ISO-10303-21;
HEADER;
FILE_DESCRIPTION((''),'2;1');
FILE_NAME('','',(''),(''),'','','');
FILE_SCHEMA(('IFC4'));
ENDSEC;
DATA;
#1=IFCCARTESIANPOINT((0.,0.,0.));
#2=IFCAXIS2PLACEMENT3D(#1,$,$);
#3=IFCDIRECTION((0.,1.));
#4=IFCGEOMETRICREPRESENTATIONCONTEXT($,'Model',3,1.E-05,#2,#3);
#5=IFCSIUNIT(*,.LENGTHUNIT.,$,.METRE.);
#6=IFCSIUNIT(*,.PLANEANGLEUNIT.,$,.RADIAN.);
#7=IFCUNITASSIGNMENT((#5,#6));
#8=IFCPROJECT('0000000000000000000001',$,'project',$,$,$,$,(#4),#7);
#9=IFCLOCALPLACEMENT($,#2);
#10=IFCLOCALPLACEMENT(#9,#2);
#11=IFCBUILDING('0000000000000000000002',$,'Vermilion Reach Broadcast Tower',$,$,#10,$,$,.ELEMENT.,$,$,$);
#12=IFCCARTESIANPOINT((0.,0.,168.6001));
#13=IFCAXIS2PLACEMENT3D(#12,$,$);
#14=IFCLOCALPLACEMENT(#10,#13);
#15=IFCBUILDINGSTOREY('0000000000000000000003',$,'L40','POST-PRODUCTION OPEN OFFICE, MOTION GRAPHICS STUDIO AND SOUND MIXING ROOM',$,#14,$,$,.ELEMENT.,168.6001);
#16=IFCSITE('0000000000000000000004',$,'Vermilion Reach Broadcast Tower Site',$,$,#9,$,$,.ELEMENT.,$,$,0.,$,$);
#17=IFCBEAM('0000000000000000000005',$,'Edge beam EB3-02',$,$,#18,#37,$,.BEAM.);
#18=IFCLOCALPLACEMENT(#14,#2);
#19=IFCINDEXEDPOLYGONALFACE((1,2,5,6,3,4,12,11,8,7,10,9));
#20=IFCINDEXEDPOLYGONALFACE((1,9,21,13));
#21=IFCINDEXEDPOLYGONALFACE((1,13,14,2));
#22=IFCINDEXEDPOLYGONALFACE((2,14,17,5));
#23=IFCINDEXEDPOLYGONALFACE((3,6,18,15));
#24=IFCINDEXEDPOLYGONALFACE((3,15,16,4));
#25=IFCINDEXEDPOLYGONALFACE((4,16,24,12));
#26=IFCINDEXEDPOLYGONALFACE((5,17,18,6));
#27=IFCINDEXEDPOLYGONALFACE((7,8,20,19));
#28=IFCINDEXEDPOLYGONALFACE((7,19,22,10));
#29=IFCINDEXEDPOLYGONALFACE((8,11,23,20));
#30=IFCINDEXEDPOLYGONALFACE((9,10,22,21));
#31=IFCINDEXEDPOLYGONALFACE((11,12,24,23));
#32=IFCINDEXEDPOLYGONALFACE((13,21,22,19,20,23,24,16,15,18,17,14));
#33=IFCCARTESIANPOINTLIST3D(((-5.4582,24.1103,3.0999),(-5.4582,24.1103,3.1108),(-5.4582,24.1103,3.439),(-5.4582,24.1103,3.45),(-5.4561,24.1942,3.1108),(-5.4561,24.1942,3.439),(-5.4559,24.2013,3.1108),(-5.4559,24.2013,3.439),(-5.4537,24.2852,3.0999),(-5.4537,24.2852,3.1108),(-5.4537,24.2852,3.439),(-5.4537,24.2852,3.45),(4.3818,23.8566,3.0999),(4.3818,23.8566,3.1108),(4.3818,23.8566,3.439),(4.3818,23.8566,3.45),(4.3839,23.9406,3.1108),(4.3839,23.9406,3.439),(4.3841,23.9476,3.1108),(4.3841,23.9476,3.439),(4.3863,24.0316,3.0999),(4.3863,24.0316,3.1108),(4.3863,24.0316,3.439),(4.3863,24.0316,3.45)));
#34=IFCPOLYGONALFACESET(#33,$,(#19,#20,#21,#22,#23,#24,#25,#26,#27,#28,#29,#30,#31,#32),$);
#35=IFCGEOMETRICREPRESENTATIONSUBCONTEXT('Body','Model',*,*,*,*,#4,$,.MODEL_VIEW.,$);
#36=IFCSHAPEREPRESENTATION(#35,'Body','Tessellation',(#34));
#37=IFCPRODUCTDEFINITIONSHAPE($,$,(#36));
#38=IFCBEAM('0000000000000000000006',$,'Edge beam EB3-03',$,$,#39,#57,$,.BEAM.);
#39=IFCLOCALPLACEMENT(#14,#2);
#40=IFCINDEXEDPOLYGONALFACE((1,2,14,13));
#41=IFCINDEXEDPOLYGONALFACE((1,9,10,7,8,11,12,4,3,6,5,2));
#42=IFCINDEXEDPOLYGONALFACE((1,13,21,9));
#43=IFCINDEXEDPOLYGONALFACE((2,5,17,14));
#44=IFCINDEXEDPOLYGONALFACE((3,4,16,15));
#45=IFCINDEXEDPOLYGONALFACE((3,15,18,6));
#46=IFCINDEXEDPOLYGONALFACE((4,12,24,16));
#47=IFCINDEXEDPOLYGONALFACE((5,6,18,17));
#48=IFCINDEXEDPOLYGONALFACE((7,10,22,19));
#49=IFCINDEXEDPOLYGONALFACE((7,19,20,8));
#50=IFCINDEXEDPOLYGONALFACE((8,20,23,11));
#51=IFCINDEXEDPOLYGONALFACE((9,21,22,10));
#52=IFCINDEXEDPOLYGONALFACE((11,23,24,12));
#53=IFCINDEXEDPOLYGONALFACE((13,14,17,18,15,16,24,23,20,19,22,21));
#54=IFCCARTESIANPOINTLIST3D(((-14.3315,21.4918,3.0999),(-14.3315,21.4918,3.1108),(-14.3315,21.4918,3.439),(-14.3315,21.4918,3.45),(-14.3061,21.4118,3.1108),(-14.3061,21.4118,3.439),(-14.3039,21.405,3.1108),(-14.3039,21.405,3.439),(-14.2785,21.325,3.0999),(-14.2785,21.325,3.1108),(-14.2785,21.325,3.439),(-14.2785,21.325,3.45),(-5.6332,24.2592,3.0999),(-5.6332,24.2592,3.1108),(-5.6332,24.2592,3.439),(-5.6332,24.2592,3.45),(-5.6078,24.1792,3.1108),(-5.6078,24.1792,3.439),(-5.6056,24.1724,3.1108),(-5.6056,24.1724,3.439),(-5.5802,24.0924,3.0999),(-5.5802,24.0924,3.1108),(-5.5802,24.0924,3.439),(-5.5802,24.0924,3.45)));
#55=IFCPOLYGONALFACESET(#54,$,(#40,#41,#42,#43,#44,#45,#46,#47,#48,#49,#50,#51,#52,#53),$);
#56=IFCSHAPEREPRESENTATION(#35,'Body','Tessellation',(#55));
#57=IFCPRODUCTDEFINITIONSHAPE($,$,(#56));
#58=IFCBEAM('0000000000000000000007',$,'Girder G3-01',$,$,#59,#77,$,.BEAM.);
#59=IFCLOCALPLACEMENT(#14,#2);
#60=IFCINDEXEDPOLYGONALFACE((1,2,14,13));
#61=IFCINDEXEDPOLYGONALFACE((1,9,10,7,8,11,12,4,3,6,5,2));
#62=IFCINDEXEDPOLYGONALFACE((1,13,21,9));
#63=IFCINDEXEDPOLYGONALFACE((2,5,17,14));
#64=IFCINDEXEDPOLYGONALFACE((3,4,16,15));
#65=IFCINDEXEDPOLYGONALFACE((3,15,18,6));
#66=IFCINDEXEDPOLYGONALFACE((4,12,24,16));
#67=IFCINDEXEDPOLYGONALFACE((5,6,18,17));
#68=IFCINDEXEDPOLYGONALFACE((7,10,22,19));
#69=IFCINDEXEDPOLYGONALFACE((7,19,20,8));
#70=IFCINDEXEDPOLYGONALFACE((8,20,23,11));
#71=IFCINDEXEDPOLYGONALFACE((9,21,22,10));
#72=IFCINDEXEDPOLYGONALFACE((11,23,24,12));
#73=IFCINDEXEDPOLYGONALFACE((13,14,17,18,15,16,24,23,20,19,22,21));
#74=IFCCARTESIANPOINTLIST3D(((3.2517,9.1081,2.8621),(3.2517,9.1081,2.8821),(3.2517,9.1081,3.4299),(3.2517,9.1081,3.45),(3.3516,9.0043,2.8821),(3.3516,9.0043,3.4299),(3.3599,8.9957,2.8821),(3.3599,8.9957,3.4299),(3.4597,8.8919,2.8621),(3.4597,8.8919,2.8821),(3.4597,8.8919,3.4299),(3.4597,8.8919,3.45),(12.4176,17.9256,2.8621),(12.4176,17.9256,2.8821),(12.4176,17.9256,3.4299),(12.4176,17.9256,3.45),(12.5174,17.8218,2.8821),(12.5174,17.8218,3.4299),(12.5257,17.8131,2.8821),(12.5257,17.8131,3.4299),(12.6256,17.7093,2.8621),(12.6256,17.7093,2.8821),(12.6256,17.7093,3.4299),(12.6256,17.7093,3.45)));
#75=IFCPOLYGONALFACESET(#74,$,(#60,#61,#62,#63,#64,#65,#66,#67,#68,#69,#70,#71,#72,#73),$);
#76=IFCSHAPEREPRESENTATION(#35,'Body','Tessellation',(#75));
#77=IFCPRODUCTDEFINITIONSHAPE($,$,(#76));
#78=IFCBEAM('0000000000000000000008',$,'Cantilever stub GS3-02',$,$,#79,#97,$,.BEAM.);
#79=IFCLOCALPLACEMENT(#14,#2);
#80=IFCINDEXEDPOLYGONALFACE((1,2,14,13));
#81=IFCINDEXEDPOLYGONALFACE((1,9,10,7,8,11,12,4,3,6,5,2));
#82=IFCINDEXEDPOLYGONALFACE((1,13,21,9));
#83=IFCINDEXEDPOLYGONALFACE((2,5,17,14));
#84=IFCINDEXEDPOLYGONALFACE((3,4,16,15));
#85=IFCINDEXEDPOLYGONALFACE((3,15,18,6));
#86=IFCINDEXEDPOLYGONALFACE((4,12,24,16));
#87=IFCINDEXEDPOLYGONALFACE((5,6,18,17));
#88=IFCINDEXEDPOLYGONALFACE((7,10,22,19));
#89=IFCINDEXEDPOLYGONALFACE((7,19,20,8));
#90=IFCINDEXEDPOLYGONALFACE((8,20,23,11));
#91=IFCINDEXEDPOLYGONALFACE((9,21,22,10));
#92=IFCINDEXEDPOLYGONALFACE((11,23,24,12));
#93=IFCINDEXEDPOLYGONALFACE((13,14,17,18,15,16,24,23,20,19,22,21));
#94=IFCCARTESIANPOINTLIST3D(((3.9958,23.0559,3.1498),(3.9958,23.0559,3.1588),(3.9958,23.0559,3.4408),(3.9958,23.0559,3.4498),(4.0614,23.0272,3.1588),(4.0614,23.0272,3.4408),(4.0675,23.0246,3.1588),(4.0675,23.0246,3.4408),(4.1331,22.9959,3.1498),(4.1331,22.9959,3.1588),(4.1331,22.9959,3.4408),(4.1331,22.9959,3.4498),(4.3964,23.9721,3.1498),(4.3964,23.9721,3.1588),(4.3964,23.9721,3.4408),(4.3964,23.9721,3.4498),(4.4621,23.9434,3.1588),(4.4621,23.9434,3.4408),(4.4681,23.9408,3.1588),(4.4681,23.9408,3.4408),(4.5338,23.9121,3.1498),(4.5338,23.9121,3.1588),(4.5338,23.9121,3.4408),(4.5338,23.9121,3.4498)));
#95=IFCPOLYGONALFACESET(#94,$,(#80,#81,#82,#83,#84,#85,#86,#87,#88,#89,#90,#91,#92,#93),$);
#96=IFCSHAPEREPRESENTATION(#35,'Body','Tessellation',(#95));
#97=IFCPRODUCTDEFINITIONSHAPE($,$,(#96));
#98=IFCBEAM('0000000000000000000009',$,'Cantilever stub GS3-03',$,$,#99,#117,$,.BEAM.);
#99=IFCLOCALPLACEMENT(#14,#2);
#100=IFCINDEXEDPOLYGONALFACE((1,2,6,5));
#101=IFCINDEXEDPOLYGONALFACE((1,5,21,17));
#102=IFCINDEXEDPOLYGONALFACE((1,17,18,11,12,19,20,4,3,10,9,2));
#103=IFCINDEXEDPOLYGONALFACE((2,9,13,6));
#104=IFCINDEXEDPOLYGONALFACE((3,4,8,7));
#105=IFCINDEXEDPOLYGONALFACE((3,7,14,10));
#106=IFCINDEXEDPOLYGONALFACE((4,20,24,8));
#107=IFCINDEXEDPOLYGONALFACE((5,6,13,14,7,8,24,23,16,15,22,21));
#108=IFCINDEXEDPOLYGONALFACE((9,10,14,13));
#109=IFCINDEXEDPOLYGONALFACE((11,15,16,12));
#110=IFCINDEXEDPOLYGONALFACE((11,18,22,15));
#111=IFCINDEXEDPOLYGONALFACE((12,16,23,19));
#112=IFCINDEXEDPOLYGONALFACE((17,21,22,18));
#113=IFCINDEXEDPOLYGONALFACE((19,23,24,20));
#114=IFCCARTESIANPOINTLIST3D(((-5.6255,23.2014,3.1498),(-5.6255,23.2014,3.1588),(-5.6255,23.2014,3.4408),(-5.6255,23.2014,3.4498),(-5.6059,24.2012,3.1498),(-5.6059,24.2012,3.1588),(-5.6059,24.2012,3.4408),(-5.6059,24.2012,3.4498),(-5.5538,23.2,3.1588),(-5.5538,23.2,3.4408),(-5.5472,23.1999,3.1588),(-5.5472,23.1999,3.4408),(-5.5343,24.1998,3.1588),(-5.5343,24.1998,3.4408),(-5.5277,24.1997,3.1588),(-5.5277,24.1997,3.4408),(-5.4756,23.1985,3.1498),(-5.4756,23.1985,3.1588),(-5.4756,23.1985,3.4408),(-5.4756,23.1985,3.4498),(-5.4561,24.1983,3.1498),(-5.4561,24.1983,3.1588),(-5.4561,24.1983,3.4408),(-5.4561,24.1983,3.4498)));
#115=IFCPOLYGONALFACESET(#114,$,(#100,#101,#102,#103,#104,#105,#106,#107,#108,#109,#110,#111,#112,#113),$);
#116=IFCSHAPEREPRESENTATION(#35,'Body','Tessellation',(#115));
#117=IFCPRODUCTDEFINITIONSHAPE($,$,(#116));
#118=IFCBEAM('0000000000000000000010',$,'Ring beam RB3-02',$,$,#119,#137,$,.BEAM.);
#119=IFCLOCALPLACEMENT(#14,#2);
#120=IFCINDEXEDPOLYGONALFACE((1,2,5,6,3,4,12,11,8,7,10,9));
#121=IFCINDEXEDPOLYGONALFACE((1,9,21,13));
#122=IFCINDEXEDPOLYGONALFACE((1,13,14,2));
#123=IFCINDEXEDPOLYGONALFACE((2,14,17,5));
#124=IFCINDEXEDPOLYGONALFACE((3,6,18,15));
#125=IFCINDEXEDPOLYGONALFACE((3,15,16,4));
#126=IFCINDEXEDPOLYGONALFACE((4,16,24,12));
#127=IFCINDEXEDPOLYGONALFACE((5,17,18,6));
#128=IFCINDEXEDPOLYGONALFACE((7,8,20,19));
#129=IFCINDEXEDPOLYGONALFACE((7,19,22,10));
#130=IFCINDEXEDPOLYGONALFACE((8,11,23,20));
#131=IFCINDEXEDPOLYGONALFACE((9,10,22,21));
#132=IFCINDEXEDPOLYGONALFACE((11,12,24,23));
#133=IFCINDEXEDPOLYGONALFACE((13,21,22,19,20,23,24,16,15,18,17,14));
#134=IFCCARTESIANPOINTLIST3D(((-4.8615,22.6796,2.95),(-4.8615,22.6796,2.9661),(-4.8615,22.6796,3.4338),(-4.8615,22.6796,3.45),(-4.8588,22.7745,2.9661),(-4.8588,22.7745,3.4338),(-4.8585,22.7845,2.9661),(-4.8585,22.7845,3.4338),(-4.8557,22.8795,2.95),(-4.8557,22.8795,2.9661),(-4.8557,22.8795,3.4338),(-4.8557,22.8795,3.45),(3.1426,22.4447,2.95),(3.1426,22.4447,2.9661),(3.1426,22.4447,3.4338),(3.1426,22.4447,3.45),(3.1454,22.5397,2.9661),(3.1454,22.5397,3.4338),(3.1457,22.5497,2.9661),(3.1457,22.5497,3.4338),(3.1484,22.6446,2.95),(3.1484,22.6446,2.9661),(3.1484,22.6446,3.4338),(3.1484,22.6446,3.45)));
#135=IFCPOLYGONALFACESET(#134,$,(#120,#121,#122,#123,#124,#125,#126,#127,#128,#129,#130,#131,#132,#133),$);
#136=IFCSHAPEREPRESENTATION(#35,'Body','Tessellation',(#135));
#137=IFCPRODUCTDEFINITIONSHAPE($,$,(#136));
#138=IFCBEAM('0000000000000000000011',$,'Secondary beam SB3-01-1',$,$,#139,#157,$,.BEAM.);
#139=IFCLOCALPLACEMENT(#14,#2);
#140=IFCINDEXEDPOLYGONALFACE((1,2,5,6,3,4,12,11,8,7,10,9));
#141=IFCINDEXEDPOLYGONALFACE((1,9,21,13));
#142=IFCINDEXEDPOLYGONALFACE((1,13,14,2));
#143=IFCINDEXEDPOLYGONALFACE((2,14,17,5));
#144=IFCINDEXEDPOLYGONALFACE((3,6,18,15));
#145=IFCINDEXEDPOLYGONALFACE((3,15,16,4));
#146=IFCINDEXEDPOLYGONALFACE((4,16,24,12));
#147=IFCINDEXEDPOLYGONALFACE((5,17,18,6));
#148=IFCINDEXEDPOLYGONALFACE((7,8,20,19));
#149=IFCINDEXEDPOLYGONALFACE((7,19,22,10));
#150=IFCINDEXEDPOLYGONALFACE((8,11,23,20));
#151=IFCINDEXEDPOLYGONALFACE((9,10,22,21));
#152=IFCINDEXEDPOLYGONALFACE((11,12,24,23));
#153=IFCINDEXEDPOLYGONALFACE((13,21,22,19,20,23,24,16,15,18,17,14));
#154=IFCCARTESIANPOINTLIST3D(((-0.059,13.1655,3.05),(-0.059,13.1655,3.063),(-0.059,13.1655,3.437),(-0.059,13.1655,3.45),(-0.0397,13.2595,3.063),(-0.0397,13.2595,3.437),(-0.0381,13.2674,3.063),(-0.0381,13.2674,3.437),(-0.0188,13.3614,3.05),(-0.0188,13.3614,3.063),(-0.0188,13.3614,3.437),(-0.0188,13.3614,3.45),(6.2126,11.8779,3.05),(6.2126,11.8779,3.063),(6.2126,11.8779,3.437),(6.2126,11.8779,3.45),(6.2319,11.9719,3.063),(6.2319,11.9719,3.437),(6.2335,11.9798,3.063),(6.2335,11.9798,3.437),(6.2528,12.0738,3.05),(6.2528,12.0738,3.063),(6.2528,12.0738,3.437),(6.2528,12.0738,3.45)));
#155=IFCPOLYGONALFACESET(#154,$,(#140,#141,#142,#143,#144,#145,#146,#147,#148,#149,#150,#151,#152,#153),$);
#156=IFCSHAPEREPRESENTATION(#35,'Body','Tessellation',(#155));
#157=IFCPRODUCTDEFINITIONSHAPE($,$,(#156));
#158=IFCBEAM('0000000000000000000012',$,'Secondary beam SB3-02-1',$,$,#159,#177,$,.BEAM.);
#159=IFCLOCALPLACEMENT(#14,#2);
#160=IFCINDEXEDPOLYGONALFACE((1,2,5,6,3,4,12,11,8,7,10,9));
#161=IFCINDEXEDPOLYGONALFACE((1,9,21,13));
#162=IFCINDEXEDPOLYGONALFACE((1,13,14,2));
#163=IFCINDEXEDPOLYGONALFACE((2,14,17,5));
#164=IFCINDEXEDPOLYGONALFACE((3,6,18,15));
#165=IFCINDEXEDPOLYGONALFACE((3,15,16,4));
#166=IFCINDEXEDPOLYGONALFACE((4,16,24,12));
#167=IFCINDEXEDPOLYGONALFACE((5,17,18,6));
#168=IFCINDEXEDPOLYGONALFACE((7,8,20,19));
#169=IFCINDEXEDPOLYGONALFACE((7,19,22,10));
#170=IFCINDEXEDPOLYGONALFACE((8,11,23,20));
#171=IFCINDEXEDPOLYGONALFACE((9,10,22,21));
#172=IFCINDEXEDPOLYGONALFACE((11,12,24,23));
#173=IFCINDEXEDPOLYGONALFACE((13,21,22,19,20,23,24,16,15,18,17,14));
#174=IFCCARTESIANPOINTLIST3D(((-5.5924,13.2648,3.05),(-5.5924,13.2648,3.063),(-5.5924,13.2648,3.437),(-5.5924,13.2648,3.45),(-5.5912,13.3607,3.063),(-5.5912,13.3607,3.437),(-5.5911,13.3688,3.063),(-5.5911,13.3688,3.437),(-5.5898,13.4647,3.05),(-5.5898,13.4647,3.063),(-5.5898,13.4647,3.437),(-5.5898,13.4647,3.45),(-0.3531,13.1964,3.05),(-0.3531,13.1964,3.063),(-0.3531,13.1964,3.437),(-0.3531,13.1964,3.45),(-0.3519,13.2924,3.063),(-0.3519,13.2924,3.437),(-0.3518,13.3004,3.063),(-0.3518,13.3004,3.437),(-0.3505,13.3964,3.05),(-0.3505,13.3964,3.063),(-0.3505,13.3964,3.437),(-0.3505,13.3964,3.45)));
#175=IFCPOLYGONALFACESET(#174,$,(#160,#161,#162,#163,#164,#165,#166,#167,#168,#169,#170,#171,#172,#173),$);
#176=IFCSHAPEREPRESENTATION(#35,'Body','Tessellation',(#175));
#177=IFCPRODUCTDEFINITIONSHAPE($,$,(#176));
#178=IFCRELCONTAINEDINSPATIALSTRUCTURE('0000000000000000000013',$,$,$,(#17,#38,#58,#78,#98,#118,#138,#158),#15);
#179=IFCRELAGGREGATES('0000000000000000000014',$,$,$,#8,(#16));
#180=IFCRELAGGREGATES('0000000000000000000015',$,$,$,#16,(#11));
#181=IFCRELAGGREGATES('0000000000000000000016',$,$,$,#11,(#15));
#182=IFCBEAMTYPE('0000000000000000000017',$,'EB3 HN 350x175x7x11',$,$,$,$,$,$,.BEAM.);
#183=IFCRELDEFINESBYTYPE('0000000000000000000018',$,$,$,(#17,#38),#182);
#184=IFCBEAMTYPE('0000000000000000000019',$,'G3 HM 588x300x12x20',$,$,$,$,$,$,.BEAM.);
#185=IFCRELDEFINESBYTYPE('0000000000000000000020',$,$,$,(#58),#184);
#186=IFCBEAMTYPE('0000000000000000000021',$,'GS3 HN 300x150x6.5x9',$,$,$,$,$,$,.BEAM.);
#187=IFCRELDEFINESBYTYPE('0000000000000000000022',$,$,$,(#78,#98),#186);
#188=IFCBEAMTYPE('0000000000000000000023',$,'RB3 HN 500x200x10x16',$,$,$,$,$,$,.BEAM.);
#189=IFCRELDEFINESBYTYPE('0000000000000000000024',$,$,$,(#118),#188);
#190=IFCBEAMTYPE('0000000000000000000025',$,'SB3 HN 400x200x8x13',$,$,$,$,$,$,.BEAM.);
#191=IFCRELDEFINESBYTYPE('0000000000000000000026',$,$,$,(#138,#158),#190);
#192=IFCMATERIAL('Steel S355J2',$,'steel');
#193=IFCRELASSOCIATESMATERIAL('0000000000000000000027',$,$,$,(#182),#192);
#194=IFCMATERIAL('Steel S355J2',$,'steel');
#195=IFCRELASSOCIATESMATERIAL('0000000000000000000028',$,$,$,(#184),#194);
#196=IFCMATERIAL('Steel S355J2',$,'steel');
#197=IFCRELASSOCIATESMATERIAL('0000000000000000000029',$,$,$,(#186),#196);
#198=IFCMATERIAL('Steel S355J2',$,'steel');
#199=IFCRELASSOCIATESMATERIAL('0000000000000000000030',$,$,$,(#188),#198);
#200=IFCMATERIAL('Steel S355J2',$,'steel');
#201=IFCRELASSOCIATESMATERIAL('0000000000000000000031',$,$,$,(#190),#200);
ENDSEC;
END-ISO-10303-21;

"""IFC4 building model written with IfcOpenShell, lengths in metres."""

from ifc_helpers import new_model, si_unit, direction, frame, origin, origin_2d, place, context, subcontext, project, spatial, i_section, extrude, material, material_profile, profile_set, type_object, element, save


model = new_model("IFC4")

# Units and contexts
model_context = context("Model", 3, precision=1e-05, world=origin(), true_north=direction((0.0, 1.0)))
body_context = subcontext(model_context, "Body", "Model", "MODEL_VIEW")
ifc_project = project(units=[si_unit("LENGTHUNIT", "METRE"), si_unit("PLANEANGLEUNIT", "RADIAN")], contexts=[model_context])

# Site, building, storey
site_placement = place(None, origin())
site = spatial("IfcSite", under=ifc_project, at=site_placement, Name="Vermilion Reach Broadcast Tower Site", CompositionType="ELEMENT", RefElevation=0.0)
building_placement = place(site_placement, origin())
building = spatial("IfcBuilding", under=site, at=building_placement, Name="Vermilion Reach Broadcast Tower", CompositionType="ELEMENT")
storey_placement = place(building_placement, frame((0.0, 0.0, 168.6001)))
storey = spatial("IfcBuildingStorey", under=building, at=storey_placement, Name="L40", Description="POST-PRODUCTION OPEN OFFICE, MOTION GRAPHICS STUDIO AND SOUND MIXING ROOM", CompositionType="ELEMENT", Elevation=168.6001)

# Beams
ifc_material_1 = material(Name="Steel S355J2", Category="steel")
ifc_material_profile_1 = material_profile(ifc_material_1, i_section(OverallWidth=0.175, OverallDepth=0.3501, WebThickness=0.0071, FlangeThickness=0.011, at=origin_2d()), Name="S355J2 HN 350x175x7x11")
ifc_profile_set_1 = profile_set([ifc_material_profile_1], Name="Steel S355J2")
beam_type_1 = type_object("IfcBeamType", Name="EB3 HN 350x175x7x11", PredefinedType="BEAM", material=ifc_profile_set_1)
beam_1_placement = place(storey_placement, frame((4.384, 23.9441, 3.2749), z_axis=(-0.999668, 0.02577, 0.0), x_axis=(-0.02577, -0.999668, 0.0)))
element("IfcBeam", 1, at=beam_1_placement, inside=storey, type_object=beam_type_1, Name="Edge beam EB3-02", PredefinedType="BEAM", context=body_context, shape_type="SweptSolid", body=[
    extrude(i_section(OverallWidth=0.175, OverallDepth=0.3501, WebThickness=0.0071, FlangeThickness=0.011, at=origin_2d()), origin(), (0.0, 0.0, 1.0), 9.8433),
])
beam_2_placement = place(storey_placement, frame((-5.6067, 24.1758, 3.2749), z_axis=(-0.952935, -0.303175, 0.0), x_axis=(0.303175, -0.952935, 0.0)))
element("IfcBeam", 2, at=beam_2_placement, inside=storey, type_object=beam_type_1, Name="Edge beam EB3-03", PredefinedType="BEAM", context=body_context, shape_type="SweptSolid", body=[
    extrude(i_section(OverallWidth=0.175, OverallDepth=0.3501, WebThickness=0.0071, FlangeThickness=0.011, at=origin_2d()), origin(), (0.0, 0.0, 1.0), 9.1279),
])
ifc_material_2 = material(Name="Steel S355J2", Category="steel")
ifc_material_profile_2 = material_profile(ifc_material_2, i_section(OverallWidth=0.3, OverallDepth=0.5879, WebThickness=0.012, FlangeThickness=0.02, at=origin_2d()), Name="S355J2 HM 588x300x12x20")
ifc_profile_set_2 = profile_set([ifc_material_profile_2], Name="Steel S355J2")
beam_type_2 = type_object("IfcBeamType", Name="G3 HM 588x300x12x20", PredefinedType="BEAM", material=ifc_profile_set_2)
beam_3_placement = place(storey_placement, frame((3.3557, 9.0, 3.156), z_axis=(0.72067, 0.693278, 0.0), x_axis=(-0.693278, 0.72067, 0.0)))
element("IfcBeam", 3, at=beam_3_placement, inside=storey, type_object=beam_type_2, Name="Girder G3-01", PredefinedType="BEAM", context=body_context, shape_type="SweptSolid", body=[
    extrude(i_section(OverallWidth=0.3, OverallDepth=0.5879, WebThickness=0.012, FlangeThickness=0.02, at=origin_2d()), origin(), (0.0, 0.0, 1.0), 12.7185),
])
ifc_material_3 = material(Name="Steel S355J2", Category="steel")
ifc_material_profile_3 = material_profile(ifc_material_3, i_section(OverallWidth=0.1499, OverallDepth=0.3, WebThickness=0.0066, FlangeThickness=0.009, at=origin_2d()), Name="S355J2 HN 300x150x6.5x9")
ifc_profile_set_3 = profile_set([ifc_material_profile_3], Name="Steel S355J2")
beam_type_3 = type_object("IfcBeamType", Name="GS3 HN 300x150x6.5x9", PredefinedType="BEAM", material=ifc_profile_set_3)
for number, where, z_axis, x_axis, name in (
    (4, (4.0645, 23.0259, 3.2998), (0.400627, 0.916241, 0.0), (-0.916241, 0.400627, 0.0), "Cantilever stub GS3-02"),
    (5, (-5.5505, 23.2, 3.2998), (0.019532, 0.999809, 0.0), (-0.999809, 0.019532, 0.0), "Cantilever stub GS3-03"),
):
    element("IfcBeam", number, at=place(storey_placement, frame(where, z_axis=z_axis, x_axis=x_axis)), inside=storey, type_object=beam_type_3, Name=name, PredefinedType="BEAM", context=body_context, shape_type="SweptSolid", body=[
        extrude(i_section(OverallWidth=0.1499, OverallDepth=0.3, WebThickness=0.0066, FlangeThickness=0.009, at=origin_2d()), origin(), (0.0, 0.0, 1.0), 1.0),
    ])
ifc_material_4 = material(Name="Steel S355J2", Category="steel")
ifc_material_profile_4 = material_profile(ifc_material_4, i_section(OverallWidth=0.2, OverallDepth=0.5, WebThickness=0.01, FlangeThickness=0.0161, at=origin_2d()), Name="S355J2 HN 500x200x10x16")
ifc_profile_set_4 = profile_set([ifc_material_profile_4], Name="Steel S355J2")
beam_type_4 = type_object("IfcBeamType", Name="RB3 HN 500x200x10x16", PredefinedType="BEAM", material=ifc_profile_set_4)
beam_4_placement = place(storey_placement, frame((3.1455, 22.5447, 3.2), z_axis=(-0.99957, 0.02933, 0.0), x_axis=(-0.02933, -0.99957, 0.0)))
element("IfcBeam", 6, at=beam_4_placement, inside=storey, type_object=beam_type_4, Name="Ring beam RB3-02", PredefinedType="BEAM", context=body_context, shape_type="SweptSolid", body=[
    extrude(i_section(OverallWidth=0.2, OverallDepth=0.5, WebThickness=0.01, FlangeThickness=0.0161, at=origin_2d()), origin(), (0.0, 0.0, 1.0), 8.0076),
])
ifc_material_5 = material(Name="Steel S355J2", Category="steel")
ifc_material_profile_5 = material_profile(ifc_material_5, i_section(OverallWidth=0.2, OverallDepth=0.3999, WebThickness=0.0081, FlangeThickness=0.0129, at=origin_2d()), Name="S355J2 HN 400x200x8x13")
ifc_profile_set_5 = profile_set([ifc_material_profile_5], Name="Steel S355J2")
beam_type_5 = type_object("IfcBeamType", Name="SB3 HN 400x200x8x13", PredefinedType="BEAM", material=ifc_profile_set_5)
beam_5_placement = place(storey_placement, frame((6.2327, 11.9758, 3.25), z_axis=(-0.979568, 0.201115, 0.0), x_axis=(-0.201115, -0.979568, 0.0)))
element("IfcBeam", 7, at=beam_5_placement, inside=storey, type_object=beam_type_5, Name="Secondary beam SB3-01-1", PredefinedType="BEAM", context=body_context, shape_type="SweptSolid", body=[
    extrude(i_section(OverallWidth=0.2, OverallDepth=0.3999, WebThickness=0.0081, FlangeThickness=0.0129, at=origin_2d()), origin(), (0.0, 0.0, 1.0), 6.4023),
])
beam_6_placement = place(storey_placement, frame((-0.3518, 13.2964, 3.25), z_axis=(-0.999915, 0.013046, 0.0), x_axis=(-0.013046, -0.999915, 0.0)))
element("IfcBeam", 8, at=beam_6_placement, inside=storey, type_object=beam_type_5, Name="Secondary beam SB3-02-1", PredefinedType="BEAM", context=body_context, shape_type="SweptSolid", body=[
    extrude(i_section(OverallWidth=0.2, OverallDepth=0.3999, WebThickness=0.0081, FlangeThickness=0.0129, at=origin_2d()), origin(), (0.0, 0.0, 1.0), 5.2397),
])

save(model, "model.ifc")
